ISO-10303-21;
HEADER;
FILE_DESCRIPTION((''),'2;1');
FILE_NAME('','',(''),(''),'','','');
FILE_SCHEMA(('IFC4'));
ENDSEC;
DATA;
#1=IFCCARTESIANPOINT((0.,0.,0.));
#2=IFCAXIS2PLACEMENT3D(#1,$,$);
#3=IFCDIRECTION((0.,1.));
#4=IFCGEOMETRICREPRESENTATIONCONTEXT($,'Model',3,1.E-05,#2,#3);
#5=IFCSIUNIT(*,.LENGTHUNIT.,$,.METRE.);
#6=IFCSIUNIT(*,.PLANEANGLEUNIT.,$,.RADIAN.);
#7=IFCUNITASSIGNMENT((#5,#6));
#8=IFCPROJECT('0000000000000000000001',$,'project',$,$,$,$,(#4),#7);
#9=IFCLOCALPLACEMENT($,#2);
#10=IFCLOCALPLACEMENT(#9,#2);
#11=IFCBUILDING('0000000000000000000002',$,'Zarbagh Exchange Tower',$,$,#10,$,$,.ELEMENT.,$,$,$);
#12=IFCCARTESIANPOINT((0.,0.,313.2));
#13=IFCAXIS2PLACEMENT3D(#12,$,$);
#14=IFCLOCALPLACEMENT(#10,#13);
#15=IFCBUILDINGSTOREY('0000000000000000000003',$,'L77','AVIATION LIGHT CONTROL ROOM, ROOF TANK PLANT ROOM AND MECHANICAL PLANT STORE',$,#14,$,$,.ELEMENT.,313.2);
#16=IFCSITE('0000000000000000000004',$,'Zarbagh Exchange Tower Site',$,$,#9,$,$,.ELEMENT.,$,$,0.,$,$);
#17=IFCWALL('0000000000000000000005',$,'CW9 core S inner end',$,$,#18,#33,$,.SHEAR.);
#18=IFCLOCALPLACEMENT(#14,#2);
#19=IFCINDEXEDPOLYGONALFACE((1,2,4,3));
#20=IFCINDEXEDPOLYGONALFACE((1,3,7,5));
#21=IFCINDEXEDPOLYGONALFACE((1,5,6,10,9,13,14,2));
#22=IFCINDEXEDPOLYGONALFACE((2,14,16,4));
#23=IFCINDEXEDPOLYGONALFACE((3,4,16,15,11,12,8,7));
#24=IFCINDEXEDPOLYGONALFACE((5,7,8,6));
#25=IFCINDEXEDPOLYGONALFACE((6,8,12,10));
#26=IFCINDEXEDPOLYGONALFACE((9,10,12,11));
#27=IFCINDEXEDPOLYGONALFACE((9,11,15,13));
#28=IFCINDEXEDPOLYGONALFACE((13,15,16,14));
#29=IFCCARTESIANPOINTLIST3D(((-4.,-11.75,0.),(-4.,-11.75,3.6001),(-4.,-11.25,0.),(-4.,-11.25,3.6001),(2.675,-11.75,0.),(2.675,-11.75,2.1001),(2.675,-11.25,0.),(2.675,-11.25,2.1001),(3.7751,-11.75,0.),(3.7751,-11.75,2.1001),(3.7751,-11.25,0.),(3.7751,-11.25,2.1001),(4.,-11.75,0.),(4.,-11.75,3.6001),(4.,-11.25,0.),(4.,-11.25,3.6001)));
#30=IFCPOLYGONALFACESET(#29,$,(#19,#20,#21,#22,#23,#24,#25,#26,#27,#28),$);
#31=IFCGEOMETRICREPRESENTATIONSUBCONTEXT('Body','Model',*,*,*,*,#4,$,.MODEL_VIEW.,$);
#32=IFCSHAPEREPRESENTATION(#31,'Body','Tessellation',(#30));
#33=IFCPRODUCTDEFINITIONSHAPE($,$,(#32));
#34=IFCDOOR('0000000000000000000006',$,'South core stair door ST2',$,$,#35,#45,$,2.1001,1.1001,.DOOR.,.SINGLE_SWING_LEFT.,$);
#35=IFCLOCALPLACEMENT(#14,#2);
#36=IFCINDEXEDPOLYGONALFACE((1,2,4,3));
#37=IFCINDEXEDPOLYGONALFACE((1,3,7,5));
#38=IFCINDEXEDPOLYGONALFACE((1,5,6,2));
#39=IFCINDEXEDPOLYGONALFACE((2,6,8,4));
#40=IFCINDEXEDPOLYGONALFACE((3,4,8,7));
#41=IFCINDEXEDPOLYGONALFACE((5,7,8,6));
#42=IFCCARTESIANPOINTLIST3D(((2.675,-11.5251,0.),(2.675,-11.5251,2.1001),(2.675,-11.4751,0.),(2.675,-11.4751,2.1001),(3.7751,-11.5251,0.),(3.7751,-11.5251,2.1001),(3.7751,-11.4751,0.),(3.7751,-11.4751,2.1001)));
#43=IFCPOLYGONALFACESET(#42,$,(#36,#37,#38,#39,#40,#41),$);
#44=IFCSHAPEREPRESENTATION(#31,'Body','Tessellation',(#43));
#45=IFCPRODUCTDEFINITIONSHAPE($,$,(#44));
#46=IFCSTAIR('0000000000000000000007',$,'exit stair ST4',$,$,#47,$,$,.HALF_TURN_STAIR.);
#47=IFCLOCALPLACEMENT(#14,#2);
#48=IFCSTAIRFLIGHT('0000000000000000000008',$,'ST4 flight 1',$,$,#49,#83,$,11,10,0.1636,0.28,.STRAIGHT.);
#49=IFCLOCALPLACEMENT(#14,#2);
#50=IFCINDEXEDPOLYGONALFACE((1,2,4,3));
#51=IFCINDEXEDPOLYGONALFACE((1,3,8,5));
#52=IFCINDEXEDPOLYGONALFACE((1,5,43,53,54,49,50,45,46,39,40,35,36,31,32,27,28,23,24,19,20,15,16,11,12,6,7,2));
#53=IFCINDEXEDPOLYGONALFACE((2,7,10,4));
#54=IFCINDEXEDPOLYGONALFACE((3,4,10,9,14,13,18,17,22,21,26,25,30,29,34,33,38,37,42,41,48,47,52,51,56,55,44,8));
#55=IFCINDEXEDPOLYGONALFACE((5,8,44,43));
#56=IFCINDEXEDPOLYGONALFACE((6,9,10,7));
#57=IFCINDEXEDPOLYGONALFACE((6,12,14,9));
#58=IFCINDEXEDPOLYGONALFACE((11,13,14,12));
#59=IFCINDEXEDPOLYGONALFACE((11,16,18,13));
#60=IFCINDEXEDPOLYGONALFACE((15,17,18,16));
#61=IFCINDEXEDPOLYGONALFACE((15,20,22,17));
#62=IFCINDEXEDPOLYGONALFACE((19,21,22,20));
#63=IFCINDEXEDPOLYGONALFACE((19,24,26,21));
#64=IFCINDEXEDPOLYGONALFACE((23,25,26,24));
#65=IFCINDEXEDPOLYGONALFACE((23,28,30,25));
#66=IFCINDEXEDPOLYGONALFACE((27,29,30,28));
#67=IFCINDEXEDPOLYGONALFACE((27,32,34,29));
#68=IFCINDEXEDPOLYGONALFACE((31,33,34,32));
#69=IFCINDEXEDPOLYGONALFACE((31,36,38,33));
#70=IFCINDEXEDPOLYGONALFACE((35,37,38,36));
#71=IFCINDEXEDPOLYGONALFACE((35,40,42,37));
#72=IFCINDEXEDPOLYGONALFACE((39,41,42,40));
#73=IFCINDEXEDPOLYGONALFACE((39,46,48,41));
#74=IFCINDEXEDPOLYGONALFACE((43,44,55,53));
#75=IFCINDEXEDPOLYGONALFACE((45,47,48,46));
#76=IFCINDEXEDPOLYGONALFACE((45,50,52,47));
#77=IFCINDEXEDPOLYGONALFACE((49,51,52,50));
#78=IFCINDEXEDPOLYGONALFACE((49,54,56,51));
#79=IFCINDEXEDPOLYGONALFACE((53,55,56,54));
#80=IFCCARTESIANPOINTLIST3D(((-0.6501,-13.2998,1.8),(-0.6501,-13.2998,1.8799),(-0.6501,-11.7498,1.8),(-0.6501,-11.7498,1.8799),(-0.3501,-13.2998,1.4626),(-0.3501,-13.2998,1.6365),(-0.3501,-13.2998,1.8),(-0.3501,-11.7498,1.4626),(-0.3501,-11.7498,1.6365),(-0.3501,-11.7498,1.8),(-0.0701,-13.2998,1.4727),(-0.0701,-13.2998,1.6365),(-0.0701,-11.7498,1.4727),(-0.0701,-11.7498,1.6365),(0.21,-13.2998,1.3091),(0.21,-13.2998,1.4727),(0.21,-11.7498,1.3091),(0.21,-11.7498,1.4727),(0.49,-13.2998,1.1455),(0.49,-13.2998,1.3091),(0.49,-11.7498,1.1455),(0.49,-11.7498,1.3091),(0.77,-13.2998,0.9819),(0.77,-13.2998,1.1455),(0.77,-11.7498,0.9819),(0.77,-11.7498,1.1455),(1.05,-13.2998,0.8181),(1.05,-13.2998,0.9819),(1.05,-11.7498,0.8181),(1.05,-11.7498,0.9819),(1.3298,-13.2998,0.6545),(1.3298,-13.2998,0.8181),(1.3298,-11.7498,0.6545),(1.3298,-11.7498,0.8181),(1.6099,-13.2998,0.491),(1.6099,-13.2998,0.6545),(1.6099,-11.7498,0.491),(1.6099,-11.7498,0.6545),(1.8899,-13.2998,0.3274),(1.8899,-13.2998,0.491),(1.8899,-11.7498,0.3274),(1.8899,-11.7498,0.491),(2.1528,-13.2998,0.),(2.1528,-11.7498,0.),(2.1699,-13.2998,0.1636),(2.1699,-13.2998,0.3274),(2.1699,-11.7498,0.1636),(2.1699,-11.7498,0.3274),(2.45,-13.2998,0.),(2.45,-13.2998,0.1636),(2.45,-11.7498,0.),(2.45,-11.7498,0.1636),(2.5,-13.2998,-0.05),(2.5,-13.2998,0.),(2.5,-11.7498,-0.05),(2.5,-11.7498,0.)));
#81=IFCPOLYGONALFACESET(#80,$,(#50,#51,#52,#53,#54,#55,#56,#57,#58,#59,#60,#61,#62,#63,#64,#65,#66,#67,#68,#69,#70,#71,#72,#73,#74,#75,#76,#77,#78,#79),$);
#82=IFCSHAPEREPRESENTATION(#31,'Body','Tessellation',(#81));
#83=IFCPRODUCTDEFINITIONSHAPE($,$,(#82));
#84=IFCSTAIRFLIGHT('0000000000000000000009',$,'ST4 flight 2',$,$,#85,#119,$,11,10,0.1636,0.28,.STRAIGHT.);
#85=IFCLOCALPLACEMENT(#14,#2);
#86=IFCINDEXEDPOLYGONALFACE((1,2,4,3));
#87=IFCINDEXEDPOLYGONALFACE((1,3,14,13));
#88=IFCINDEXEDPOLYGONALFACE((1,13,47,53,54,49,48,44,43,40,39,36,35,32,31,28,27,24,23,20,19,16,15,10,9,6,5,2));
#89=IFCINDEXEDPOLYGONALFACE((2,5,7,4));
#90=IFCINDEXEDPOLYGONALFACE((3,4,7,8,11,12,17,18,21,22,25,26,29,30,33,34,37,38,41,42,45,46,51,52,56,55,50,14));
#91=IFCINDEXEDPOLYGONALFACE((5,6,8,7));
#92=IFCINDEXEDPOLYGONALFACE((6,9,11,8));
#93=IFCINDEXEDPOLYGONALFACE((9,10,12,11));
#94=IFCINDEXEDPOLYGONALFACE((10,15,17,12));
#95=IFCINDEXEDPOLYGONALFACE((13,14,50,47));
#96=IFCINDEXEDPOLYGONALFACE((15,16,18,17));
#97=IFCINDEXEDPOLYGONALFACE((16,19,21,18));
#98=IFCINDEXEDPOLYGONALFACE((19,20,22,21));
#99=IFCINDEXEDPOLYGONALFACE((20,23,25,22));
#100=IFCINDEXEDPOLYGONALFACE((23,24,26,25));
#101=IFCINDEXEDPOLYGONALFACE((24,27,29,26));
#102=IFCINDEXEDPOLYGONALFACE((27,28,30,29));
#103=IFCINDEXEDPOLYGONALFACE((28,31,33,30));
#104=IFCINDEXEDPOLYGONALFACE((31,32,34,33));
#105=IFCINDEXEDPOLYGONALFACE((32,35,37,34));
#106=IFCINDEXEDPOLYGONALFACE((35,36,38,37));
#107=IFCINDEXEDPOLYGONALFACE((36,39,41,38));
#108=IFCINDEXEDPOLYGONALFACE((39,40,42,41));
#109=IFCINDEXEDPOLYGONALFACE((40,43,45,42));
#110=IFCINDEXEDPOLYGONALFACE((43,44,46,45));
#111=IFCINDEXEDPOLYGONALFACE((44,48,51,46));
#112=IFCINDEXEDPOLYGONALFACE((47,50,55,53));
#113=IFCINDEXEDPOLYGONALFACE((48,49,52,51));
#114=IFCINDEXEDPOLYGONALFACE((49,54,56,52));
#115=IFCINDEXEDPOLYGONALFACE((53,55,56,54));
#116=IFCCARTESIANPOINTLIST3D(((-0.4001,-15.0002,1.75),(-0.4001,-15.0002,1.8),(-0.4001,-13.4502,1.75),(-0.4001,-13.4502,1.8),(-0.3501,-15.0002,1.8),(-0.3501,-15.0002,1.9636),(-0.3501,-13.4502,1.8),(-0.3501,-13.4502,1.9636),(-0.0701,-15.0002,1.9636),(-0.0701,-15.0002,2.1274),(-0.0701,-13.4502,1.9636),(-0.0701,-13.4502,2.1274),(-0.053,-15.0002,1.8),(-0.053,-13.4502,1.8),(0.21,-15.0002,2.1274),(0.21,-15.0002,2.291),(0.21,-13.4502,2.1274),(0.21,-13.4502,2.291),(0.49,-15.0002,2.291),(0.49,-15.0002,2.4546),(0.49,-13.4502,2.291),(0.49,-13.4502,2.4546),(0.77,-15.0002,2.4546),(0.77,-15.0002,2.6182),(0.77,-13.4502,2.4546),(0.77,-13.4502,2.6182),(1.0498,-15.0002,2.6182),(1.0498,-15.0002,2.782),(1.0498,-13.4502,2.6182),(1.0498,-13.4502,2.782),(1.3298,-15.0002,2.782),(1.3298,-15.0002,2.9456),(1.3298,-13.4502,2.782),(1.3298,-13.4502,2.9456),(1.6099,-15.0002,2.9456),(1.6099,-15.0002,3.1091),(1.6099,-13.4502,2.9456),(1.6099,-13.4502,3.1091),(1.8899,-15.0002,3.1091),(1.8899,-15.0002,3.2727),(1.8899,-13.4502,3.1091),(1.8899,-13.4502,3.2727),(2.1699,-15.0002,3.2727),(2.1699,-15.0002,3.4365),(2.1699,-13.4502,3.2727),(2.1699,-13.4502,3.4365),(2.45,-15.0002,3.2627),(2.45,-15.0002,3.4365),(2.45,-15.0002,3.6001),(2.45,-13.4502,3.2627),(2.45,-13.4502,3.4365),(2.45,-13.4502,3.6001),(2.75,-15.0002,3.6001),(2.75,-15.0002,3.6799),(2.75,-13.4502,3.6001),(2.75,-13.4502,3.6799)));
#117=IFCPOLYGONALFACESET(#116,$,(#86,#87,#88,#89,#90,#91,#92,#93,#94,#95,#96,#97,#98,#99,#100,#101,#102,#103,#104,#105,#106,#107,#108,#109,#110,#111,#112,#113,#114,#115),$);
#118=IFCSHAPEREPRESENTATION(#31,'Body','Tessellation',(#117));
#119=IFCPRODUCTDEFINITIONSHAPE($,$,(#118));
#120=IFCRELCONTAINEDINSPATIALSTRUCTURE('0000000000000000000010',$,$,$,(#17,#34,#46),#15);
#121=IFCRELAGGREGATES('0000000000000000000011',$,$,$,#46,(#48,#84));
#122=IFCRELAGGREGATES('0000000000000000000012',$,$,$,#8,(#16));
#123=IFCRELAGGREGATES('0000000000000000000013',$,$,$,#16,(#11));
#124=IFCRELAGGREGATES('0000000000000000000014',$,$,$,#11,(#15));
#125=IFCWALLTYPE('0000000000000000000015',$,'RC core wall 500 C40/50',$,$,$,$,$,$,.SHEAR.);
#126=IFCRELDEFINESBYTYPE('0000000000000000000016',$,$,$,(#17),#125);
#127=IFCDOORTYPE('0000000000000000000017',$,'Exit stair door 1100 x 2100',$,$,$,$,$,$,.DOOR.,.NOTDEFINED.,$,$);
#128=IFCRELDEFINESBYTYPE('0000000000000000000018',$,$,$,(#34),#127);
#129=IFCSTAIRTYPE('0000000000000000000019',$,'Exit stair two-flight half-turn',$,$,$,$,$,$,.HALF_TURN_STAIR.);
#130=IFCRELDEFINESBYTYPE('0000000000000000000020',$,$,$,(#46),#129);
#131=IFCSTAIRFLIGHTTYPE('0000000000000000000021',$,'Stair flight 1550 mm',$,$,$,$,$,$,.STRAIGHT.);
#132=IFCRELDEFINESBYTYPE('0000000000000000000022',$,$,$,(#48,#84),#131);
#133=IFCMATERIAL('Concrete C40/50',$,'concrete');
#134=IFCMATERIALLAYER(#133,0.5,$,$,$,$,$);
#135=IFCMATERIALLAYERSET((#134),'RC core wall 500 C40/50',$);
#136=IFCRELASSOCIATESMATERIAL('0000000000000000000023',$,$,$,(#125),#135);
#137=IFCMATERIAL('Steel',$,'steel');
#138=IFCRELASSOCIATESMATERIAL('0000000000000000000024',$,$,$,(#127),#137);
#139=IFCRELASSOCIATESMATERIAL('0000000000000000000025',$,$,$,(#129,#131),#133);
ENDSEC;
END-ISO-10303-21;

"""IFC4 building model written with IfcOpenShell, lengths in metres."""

from ifc_helpers import new_model, si_unit, direction, frame, frame_2d, origin, place, context, subcontext, project, spatial, polyline, rectangle, outline, extrude, material, layer, layer_set, type_object, element, fill, aggregate, save


model = new_model("IFC4")

# Units and contexts
model_context = context("Model", 3, precision=1e-05, world=origin(), true_north=direction((0.0, 1.0)))
body_context = subcontext(model_context, "Body", "Model", "MODEL_VIEW")
ifc_project = project(units=[si_unit("LENGTHUNIT", "METRE"), si_unit("PLANEANGLEUNIT", "RADIAN")], contexts=[model_context])

# Site, building, storey
site_placement = place(None, origin())
site = spatial("IfcSite", under=ifc_project, at=site_placement, Name="Zarbagh Exchange Tower Site", CompositionType="ELEMENT", RefElevation=0.0)
building_placement = place(site_placement, origin())
building = spatial("IfcBuilding", under=site, at=building_placement, Name="Zarbagh Exchange Tower", CompositionType="ELEMENT")
storey_placement = place(building_placement, frame((0.0, 0.0, 313.2)))
storey = spatial("IfcBuildingStorey", under=building, at=storey_placement, Name="L77", Description="AVIATION LIGHT CONTROL ROOM, ROOF TANK PLANT ROOM AND MECHANICAL PLANT STORE", CompositionType="ELEMENT", Elevation=313.2)

# Shared definitions
ifc_material_1 = material(Name="Concrete C40/50", Category="concrete")

# Shared definitions
ifc_layer_1 = layer(ifc_material_1, 0.5)
ifc_layer_set_1 = layer_set([ifc_layer_1], Name="RC core wall 500 C40/50")
wall_type_1 = type_object("IfcWallType", Name="RC core wall 500 C40/50", PredefinedType="SHEAR", material=ifc_layer_set_1)

# Wall, opening, door
wall_1_placement = place(storey_placement, frame((-4.0, -11.5, 0.0), z_axis=(0.0, 0.0, 1.0), x_axis=(1.0, 0.0, 0.0)))
wall_1 = element("IfcWall", 1, at=wall_1_placement, inside=storey, type_object=wall_type_1, Name="CW9 core S inner end", PredefinedType="SHEAR", context=body_context, shape_type="SweptSolid", body=[
    extrude(rectangle(XDim=8.0, YDim=0.5, at=frame_2d((4.0, 0.0))), origin(), (0.0, 0.0, 1.0), 3.6001),
])
opening_1_placement = place(wall_1_placement, frame((6.675, 0.0, 0.0)))
opening_1 = element("IfcOpeningElement", 2, at=opening_1_placement, cuts=wall_1, PredefinedType="OPENING", context=body_context, shape_type="SweptSolid", body=[
    extrude(rectangle(XDim=1.1001, YDim=2.1001, at=frame_2d((0.55, 1.05))), frame((0.0, 0.26, 0.0), z_axis=(0.0, -1.0, 0.0), x_axis=(1.0, 0.0, 0.0)), (0.0, 0.0, 1.0), 0.52),
])
ifc_material_2 = material(Name="Steel", Category="steel")
door_type_1 = type_object("IfcDoorType", Name="Exit stair door 1100 x 2100", OperationType="NOTDEFINED", PredefinedType="DOOR", material=ifc_material_2)
door_1_placement = place(opening_1_placement, origin())
door_1 = element("IfcDoor", 3, at=door_1_placement, inside=storey, type_object=door_type_1, Name="South core stair door ST2", OperationType="SINGLE_SWING_LEFT", OverallHeight=2.1001, OverallWidth=1.1001, PredefinedType="DOOR", context=body_context, shape_type="SweptSolid", body=[
    extrude(rectangle(XDim=1.1001, YDim=2.1001, at=frame_2d((0.55, 1.05))), frame((0.0, 0.0249, 0.0), z_axis=(0.0, -1.0, 0.0), x_axis=(1.0, 0.0, 0.0)), (0.0, 0.0, 1.0), 0.05),
])
fill(opening_1, door_1)

# Stair, stair flights
stair_type = type_object("IfcStairType", Name="Exit stair two-flight half-turn", PredefinedType="HALF_TURN_STAIR", material=ifc_material_1)
stair_placement = place(storey_placement, origin())
stair = element("IfcStair", 4, at=stair_placement, inside=storey, type_object=stair_type, Name="exit stair ST4", PredefinedType="HALF_TURN_STAIR")
stair_flight_type = type_object("IfcStairFlightType", Name="Stair flight 1550 mm", PredefinedType="STRAIGHT", material=ifc_material_1)
stair_flight_1_placement = place(storey_placement, frame((2.45, -12.5249, 0.0), z_axis=(0.0, 0.0, 1.0), x_axis=(-1.0, 0.0, 0.0)))
stair_flight_1 = element("IfcStairFlight", 5, at=stair_flight_1_placement, type_object=stair_flight_type, Name="ST4 flight 1", NumberOfRisers=11, NumberOfTreads=10, PredefinedType="STRAIGHT", RiserHeight=0.1636, TreadLength=0.28, context=body_context, shape_type="SweptSolid", body=[
    extrude(outline(polyline([(-0.05, -0.05), (-0.05, 0.0), (0.0, 0.0), (0.0, 0.1636), (0.28, 0.1636), (0.28, 0.3274), (0.5601, 0.3274), (0.5601, 0.491), (0.8401, 0.491), (0.8401, 0.6545), (1.1201, 0.6545), (1.1201, 0.8181), (1.3999, 0.8181), (1.3999, 0.9819), (1.6799, 0.9819), (1.6799, 1.1455), (1.96, 1.1455), (1.96, 1.3091), (2.24, 1.3091), (2.24, 1.4727), (2.52, 1.4727), (2.52, 1.6365), (2.8, 1.6365), (2.8, 1.8), (3.1001, 1.8799), (3.1001, 1.8), (2.8, 1.4626), (0.2971, 0.0), (-0.05, -0.05)])), frame((0.0, 0.7749, 0.0), z_axis=(0.0, -1.0, 0.0), x_axis=(1.0, 0.0, 0.0)), (0.0, 0.0, 1.0), 1.55),
])
stair_flight_2_placement = place(storey_placement, frame((-0.3501, -14.2251, 1.8), z_axis=(0.0, 0.0, 1.0), x_axis=(1.0, 0.0, 0.0)))
stair_flight_2 = element("IfcStairFlight", 6, at=stair_flight_2_placement, type_object=stair_flight_type, Name="ST4 flight 2", NumberOfRisers=11, NumberOfTreads=10, PredefinedType="STRAIGHT", RiserHeight=0.1636, TreadLength=0.28, context=body_context, shape_type="SweptSolid", body=[
    extrude(outline(polyline([(-0.05, -0.05), (-0.05, 0.0), (0.0, 0.0), (0.0, 0.1636), (0.28, 0.1636), (0.28, 0.3274), (0.5601, 0.3274), (0.5601, 0.491), (0.8401, 0.491), (0.8401, 0.6545), (1.1201, 0.6545), (1.1201, 0.8181), (1.3999, 0.8181), (1.3999, 0.9819), (1.6799, 0.9819), (1.6799, 1.1455), (1.96, 1.1455), (1.96, 1.3091), (2.24, 1.3091), (2.24, 1.4727), (2.52, 1.4727), (2.52, 1.6365), (2.8, 1.6365), (2.8, 1.8), (3.1001, 1.8799), (3.1001, 1.8), (2.8, 1.4626), (0.2971, 0.0), (-0.05, -0.05)])), frame((0.0, 0.7749, 0.0), z_axis=(0.0, -1.0, 0.0), x_axis=(1.0, 0.0, 0.0)), (0.0, 0.0, 1.0), 1.55),
])
aggregate(stair, [stair_flight_1, stair_flight_2])

save(model, "model.ifc")
